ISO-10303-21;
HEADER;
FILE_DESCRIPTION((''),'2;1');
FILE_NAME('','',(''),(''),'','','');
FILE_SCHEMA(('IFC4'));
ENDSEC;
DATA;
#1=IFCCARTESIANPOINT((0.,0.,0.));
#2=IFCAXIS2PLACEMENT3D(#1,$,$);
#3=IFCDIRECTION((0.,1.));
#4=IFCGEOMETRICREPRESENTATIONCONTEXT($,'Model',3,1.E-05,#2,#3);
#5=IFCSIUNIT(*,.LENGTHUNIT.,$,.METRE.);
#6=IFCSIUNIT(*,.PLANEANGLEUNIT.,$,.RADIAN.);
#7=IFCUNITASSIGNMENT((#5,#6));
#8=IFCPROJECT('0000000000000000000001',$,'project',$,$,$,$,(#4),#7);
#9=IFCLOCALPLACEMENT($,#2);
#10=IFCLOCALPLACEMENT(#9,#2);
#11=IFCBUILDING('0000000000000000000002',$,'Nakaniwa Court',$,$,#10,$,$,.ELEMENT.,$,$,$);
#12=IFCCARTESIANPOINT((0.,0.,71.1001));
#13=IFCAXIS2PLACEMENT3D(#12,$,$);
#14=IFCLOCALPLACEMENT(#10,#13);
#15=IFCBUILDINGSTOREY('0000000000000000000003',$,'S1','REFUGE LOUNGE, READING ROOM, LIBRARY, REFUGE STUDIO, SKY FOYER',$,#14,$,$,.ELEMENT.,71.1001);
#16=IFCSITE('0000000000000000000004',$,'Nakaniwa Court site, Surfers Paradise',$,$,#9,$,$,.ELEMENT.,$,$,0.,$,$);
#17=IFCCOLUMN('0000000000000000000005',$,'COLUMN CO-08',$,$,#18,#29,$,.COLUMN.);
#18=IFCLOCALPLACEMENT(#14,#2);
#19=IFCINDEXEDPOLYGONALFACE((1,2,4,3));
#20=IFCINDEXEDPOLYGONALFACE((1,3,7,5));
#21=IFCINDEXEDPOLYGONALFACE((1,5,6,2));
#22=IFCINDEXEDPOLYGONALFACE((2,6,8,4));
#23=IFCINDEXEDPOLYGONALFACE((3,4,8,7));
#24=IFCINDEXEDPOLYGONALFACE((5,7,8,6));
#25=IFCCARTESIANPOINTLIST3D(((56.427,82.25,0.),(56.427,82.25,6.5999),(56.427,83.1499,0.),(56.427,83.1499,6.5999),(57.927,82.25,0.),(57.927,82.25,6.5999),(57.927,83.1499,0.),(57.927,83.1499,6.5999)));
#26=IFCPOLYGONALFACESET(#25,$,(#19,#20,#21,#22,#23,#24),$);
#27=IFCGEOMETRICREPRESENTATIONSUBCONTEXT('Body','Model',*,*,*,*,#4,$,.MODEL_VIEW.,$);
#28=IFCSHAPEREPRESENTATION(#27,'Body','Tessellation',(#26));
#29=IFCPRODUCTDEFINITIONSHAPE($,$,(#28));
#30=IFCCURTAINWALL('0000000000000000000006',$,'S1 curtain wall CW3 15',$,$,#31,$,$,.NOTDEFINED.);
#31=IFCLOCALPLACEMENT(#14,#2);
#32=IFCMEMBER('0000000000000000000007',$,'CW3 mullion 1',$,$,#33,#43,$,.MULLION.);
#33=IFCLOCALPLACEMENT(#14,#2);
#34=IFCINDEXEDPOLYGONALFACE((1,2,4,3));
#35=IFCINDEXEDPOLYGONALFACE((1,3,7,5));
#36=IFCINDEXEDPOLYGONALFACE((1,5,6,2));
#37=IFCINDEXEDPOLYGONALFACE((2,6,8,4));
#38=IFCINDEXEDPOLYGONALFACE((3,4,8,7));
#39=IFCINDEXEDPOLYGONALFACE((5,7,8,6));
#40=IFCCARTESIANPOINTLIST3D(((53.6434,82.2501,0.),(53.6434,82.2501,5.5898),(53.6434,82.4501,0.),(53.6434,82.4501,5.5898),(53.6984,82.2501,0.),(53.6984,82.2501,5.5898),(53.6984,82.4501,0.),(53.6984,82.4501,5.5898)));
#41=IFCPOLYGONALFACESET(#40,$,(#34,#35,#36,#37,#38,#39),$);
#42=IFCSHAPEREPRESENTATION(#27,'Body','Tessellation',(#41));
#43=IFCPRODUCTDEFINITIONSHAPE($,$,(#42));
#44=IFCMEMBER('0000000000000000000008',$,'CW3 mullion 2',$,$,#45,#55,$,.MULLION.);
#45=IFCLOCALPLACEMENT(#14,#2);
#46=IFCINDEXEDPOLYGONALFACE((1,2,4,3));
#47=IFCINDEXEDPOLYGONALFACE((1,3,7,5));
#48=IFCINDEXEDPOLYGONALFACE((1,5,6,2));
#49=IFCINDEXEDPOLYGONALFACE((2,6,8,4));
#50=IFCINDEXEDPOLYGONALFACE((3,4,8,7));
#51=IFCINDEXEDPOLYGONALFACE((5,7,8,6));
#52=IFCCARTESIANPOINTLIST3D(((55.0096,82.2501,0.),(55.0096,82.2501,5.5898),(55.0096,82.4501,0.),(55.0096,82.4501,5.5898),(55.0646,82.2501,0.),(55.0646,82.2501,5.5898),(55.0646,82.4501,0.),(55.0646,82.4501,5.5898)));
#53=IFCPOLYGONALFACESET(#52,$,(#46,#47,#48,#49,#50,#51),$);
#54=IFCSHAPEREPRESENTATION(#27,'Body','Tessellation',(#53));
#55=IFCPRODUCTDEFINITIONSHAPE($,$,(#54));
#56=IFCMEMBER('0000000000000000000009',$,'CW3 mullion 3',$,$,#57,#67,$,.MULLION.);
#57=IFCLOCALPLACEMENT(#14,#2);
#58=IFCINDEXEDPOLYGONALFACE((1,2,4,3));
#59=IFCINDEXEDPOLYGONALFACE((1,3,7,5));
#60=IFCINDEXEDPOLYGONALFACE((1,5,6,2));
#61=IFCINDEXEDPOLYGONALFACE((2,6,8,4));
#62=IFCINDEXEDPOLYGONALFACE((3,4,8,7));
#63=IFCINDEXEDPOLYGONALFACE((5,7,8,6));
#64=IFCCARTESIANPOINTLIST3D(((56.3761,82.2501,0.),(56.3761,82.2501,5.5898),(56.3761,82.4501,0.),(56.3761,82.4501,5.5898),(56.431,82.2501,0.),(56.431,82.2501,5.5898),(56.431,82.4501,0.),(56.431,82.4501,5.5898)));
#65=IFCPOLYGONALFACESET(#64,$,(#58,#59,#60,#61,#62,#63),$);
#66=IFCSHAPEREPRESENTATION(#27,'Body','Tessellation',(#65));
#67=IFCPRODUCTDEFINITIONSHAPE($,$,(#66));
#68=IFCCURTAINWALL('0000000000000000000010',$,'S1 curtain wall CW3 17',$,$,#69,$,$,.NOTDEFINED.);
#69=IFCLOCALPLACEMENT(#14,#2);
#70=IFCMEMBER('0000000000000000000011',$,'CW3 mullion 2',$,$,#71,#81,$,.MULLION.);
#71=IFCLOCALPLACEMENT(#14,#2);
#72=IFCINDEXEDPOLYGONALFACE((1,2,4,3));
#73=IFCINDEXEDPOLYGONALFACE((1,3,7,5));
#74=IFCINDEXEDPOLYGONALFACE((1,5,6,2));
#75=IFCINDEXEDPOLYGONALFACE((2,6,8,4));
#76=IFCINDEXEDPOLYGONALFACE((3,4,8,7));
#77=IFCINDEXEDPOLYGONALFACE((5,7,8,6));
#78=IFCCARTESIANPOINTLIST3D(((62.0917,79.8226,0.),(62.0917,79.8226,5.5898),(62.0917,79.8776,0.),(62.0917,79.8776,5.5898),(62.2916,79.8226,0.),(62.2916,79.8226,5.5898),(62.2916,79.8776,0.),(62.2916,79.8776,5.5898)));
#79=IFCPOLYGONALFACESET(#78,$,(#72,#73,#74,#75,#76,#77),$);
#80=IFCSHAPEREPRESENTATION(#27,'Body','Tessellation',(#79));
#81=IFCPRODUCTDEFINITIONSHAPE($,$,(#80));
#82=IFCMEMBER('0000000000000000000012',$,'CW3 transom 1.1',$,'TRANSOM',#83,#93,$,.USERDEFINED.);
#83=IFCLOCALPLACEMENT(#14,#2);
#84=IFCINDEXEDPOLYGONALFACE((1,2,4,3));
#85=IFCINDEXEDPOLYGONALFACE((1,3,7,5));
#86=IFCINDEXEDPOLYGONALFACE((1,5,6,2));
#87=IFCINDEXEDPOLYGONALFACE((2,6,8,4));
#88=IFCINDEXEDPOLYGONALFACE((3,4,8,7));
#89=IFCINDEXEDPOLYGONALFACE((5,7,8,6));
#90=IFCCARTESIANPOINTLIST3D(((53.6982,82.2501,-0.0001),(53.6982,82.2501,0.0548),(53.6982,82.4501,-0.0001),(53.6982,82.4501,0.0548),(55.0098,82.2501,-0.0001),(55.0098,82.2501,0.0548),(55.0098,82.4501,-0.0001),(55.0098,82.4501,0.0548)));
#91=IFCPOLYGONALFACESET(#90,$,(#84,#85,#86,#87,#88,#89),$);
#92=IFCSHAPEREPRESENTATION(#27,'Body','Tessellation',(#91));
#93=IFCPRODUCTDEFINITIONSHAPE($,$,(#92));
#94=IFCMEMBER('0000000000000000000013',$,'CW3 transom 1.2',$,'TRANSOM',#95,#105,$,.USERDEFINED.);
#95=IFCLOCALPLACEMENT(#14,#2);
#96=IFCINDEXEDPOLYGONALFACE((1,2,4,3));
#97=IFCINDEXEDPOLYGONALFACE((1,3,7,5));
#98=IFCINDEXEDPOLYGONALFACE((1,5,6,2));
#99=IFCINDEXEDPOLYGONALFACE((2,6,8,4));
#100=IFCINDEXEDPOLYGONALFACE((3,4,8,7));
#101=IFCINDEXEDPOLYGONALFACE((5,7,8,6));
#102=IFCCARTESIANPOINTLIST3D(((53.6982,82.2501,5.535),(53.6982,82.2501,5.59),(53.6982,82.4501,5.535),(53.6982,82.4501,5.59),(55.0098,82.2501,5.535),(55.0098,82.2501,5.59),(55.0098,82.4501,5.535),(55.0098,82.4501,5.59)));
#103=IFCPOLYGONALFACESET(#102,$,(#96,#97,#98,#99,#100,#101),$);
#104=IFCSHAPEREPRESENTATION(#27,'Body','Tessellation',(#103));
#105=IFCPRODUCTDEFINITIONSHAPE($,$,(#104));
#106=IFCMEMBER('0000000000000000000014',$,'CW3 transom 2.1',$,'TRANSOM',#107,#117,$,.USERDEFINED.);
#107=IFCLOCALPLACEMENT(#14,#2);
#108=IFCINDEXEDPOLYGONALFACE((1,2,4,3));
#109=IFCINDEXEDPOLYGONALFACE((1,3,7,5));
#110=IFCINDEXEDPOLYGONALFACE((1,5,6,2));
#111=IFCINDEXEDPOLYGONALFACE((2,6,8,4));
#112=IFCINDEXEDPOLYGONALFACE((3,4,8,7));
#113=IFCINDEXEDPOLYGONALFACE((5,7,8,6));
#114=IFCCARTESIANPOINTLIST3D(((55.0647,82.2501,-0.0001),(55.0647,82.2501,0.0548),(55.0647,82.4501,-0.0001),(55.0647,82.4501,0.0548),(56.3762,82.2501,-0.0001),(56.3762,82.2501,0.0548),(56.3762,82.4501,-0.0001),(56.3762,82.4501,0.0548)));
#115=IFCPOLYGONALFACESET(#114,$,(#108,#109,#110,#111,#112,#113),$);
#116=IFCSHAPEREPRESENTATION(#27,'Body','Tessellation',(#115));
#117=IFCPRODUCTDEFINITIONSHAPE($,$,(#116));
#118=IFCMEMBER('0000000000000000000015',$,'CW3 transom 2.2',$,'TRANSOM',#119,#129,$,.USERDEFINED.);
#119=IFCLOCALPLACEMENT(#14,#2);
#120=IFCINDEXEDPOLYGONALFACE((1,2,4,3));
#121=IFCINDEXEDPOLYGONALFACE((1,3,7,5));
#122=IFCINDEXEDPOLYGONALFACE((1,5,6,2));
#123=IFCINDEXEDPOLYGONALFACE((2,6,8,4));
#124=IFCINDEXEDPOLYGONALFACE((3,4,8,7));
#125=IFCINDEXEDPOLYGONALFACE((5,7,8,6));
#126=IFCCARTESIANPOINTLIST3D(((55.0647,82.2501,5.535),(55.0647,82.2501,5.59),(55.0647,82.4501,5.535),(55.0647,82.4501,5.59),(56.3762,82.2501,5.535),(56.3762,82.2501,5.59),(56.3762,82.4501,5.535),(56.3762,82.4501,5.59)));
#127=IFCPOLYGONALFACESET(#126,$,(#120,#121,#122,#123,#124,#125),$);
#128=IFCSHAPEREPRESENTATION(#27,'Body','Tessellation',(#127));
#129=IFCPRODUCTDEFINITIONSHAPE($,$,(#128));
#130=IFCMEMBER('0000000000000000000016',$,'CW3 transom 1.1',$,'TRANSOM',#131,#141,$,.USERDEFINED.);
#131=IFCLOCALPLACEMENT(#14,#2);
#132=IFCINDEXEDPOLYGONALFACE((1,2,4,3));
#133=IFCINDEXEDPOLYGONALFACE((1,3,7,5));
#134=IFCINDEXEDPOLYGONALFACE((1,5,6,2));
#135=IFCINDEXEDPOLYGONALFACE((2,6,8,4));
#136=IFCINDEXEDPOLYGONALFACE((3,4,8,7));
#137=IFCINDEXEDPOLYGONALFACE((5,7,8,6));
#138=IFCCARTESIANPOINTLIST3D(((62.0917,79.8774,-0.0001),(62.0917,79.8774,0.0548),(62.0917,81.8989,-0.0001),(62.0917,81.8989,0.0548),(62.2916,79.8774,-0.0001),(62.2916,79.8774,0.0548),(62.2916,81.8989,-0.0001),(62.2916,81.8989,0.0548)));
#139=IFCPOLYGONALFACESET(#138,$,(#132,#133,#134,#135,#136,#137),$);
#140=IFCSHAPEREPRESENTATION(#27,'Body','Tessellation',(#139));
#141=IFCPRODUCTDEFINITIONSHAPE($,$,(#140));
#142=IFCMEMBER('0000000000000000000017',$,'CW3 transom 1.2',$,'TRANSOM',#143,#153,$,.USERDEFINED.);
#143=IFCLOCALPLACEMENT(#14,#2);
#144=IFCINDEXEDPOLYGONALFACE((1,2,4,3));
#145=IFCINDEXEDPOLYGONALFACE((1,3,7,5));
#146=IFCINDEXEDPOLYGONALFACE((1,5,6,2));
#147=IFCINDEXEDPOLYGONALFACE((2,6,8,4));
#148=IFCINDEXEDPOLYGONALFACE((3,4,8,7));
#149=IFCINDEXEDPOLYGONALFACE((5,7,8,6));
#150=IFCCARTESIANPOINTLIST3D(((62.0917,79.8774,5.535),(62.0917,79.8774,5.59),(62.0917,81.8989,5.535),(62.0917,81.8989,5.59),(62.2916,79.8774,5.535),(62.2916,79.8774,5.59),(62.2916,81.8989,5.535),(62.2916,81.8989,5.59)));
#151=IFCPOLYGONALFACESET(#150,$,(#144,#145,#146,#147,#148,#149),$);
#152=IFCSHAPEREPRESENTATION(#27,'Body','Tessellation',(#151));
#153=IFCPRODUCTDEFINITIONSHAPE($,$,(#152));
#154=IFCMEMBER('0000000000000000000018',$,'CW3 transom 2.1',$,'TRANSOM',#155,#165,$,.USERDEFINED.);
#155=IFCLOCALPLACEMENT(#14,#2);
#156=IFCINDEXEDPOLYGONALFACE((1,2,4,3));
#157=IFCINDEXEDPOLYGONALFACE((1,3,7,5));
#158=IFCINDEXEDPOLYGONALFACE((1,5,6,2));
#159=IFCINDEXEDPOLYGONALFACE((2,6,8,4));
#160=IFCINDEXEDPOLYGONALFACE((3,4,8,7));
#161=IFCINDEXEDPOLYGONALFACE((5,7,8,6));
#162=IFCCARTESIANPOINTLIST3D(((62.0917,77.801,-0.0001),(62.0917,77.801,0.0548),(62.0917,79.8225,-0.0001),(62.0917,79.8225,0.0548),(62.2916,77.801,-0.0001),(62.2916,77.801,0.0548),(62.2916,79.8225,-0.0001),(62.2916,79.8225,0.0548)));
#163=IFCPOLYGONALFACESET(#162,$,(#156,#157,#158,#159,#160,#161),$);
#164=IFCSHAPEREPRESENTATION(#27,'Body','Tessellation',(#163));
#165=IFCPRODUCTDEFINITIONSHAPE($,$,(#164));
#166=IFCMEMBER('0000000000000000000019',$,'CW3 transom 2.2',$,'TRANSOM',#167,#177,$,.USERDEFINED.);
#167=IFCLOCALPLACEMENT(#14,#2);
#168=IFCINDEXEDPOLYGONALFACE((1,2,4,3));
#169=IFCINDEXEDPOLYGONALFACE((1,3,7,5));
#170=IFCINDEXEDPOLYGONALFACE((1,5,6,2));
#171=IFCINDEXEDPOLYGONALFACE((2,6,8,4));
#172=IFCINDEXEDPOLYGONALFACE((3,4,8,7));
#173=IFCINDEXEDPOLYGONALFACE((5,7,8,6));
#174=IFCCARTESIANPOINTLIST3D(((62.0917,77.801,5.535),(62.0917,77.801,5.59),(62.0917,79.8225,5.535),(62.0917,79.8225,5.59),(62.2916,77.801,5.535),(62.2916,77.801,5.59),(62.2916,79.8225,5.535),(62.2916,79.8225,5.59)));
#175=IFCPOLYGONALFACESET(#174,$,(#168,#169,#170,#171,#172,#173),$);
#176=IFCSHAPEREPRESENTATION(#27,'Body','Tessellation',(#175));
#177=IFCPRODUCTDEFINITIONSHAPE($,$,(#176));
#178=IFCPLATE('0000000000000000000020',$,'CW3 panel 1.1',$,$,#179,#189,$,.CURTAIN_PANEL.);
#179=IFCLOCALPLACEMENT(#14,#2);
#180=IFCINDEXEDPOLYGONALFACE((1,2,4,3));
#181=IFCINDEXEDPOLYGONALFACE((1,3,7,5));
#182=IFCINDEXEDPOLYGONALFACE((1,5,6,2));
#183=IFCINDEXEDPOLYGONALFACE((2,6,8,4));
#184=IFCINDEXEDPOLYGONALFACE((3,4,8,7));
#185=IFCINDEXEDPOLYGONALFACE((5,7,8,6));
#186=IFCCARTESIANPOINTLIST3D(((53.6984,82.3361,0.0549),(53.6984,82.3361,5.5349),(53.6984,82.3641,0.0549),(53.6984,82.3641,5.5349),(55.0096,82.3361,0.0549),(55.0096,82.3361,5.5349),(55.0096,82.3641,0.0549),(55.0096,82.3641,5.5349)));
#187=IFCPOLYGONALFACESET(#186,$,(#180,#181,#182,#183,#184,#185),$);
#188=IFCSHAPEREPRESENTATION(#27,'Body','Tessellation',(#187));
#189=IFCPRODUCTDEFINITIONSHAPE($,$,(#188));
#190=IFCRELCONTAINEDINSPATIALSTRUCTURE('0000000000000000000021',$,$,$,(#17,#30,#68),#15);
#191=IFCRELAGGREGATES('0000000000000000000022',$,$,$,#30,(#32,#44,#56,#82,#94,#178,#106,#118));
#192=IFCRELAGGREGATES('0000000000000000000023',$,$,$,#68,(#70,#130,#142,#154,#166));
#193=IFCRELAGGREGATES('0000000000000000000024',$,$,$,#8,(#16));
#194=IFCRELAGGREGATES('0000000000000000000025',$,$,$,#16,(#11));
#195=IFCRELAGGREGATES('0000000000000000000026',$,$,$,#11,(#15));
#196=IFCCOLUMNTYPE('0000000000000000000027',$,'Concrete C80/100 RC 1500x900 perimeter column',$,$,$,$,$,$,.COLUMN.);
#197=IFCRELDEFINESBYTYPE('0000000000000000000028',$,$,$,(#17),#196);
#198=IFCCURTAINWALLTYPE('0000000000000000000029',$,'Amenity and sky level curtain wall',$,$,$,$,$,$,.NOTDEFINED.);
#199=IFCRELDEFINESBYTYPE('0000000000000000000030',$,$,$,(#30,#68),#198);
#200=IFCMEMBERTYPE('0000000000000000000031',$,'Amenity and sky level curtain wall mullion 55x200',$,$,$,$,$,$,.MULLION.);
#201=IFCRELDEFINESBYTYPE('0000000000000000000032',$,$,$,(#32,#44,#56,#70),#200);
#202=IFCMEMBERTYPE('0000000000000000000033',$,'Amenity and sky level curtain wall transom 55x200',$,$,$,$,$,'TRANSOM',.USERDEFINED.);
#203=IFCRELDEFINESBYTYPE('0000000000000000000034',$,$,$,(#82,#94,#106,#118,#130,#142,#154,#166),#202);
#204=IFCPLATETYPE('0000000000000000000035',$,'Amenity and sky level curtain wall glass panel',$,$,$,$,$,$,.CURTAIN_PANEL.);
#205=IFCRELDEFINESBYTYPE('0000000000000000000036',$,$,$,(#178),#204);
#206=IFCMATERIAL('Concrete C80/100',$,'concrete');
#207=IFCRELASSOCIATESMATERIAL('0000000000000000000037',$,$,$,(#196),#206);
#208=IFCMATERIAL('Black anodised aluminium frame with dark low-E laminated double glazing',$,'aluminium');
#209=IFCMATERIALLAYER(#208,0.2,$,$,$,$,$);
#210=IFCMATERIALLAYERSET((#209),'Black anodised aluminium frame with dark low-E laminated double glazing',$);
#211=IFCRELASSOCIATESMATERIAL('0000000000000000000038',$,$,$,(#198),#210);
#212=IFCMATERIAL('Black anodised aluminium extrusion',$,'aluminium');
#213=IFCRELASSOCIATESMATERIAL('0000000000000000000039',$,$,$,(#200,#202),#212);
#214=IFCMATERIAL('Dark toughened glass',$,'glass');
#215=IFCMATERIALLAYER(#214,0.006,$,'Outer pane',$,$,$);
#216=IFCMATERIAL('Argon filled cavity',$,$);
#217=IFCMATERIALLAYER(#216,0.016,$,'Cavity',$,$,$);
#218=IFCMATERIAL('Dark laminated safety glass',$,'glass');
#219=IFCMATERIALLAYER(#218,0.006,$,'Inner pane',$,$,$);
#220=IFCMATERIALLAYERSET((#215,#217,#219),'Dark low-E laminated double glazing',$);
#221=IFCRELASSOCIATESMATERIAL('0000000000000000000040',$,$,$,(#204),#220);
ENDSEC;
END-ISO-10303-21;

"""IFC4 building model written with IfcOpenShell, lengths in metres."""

from ifc_helpers import new_model, si_unit, direction, frame, origin, origin_2d, place, context, subcontext, project, spatial, rectangle, extrude, material, layer, layer_set, material_profile, profile_set, type_object, element, aggregate, save


model = new_model("IFC4")

# Units and contexts
model_context = context("Model", 3, precision=1e-05, world=origin(), true_north=direction((0.0, 1.0)))
body_context = subcontext(model_context, "Body", "Model", "MODEL_VIEW")
ifc_project = project(units=[si_unit("LENGTHUNIT", "METRE"), si_unit("PLANEANGLEUNIT", "RADIAN")], contexts=[model_context])

# Site, building, storey
site_placement = place(None, origin())
site = spatial("IfcSite", under=ifc_project, at=site_placement, Name="Nakaniwa Court site, Surfers Paradise", CompositionType="ELEMENT", RefElevation=0.0)
building_placement = place(site_placement, origin())
building = spatial("IfcBuilding", under=site, at=building_placement, Name="Nakaniwa Court", CompositionType="ELEMENT")
storey_placement = place(building_placement, frame((0.0, 0.0, 71.1001)))
storey = spatial("IfcBuildingStorey", under=building, at=storey_placement, Name="S1", Description="REFUGE LOUNGE, READING ROOM, LIBRARY, REFUGE STUDIO, SKY FOYER", CompositionType="ELEMENT", Elevation=71.1001)

# Column
ifc_material_1 = material(Name="Concrete C80/100", Category="concrete")
ifc_material_profile_1 = material_profile(ifc_material_1, rectangle(XDim=1.5, YDim=0.8999, at=origin_2d()), Name="Concrete C80/100 RC 1500x900 perimeter column")
ifc_profile_set_1 = profile_set([ifc_material_profile_1], Name="Concrete C80/100")
column_type = type_object("IfcColumnType", Name="Concrete C80/100 RC 1500x900 perimeter column", PredefinedType="COLUMN", material=ifc_profile_set_1)
column_placement = place(storey_placement, frame((57.177, 82.7, 0.0), z_axis=(0.0, 0.0, 1.0), x_axis=(1.0, 0.0, 0.0)))
element("IfcColumn", 1, at=column_placement, inside=storey, type_object=column_type, Name="COLUMN CO-08", PredefinedType="COLUMN", context=body_context, shape_type="SweptSolid", body=[
    extrude(rectangle(XDim=1.5, YDim=0.8999, at=origin_2d()), origin(), (0.0, 0.0, 1.0), 6.5999),
])

# Curtain wall, members
ifc_material_2 = material(Name="Black anodised aluminium frame with dark low-E laminated double glazing", Category="aluminium")
ifc_layer_1 = layer(ifc_material_2, 0.2)
ifc_layer_set_1 = layer_set([ifc_layer_1], Name="Black anodised aluminium frame with dark low-E laminated double glazing")
curtain_wall_type = type_object("IfcCurtainWallType", Name="Amenity and sky level curtain wall", PredefinedType="NOTDEFINED", material=ifc_layer_set_1)
curtain_wall_1_placement = place(storey_placement, origin())
curtain_wall_1 = element("IfcCurtainWall", 2, at=curtain_wall_1_placement, inside=storey, type_object=curtain_wall_type, Name="S1 curtain wall CW3 15", PredefinedType="NOTDEFINED")
ifc_material_3 = material(Name="Black anodised aluminium extrusion", Category="aluminium")
ifc_material_profile_2 = material_profile(ifc_material_3, rectangle(XDim=0.2, YDim=0.0549, at=origin_2d()), Name="Amenity and sky level curtain wall mullion 55x200")
ifc_profile_set_2 = profile_set([ifc_material_profile_2], Name="Black anodised aluminium extrusion")
member_type_1 = type_object("IfcMemberType", Name="Amenity and sky level curtain wall mullion 55x200", PredefinedType="MULLION", material=ifc_profile_set_2)
member_1_placement = place(storey_placement, frame((53.6709, 82.3501, 0.0), z_axis=(0.0, 0.0, 1.0), x_axis=(0.0, 1.0, 0.0)))
member_1 = element("IfcMember", 3, at=member_1_placement, type_object=member_type_1, Name="CW3 mullion 1", PredefinedType="MULLION", context=body_context, shape_type="SweptSolid", body=[
    extrude(rectangle(XDim=0.2, YDim=0.0549, at=origin_2d()), origin(), (0.0, 0.0, 1.0), 5.5898),
])
member_2_placement = place(storey_placement, frame((55.0371, 82.3501, 0.0), z_axis=(0.0, 0.0, 1.0), x_axis=(0.0, 1.0, 0.0)))
member_2 = element("IfcMember", 4, at=member_2_placement, type_object=member_type_1, Name="CW3 mullion 2", PredefinedType="MULLION", context=body_context, shape_type="SweptSolid", body=[
    extrude(rectangle(XDim=0.2, YDim=0.0549, at=origin_2d()), origin(), (0.0, 0.0, 1.0), 5.5898),
])
member_3_placement = place(storey_placement, frame((56.4036, 82.3501, 0.0), z_axis=(0.0, 0.0, 1.0), x_axis=(0.0, 1.0, 0.0)))
member_3 = element("IfcMember", 5, at=member_3_placement, type_object=member_type_1, Name="CW3 mullion 3", PredefinedType="MULLION", context=body_context, shape_type="SweptSolid", body=[
    extrude(rectangle(XDim=0.2, YDim=0.0549, at=origin_2d()), origin(), (0.0, 0.0, 1.0), 5.5898),
])

# Curtain wall, member
curtain_wall_2_placement = place(storey_placement, origin())
curtain_wall_2 = element("IfcCurtainWall", 6, at=curtain_wall_2_placement, inside=storey, type_object=curtain_wall_type, Name="S1 curtain wall CW3 17", PredefinedType="NOTDEFINED")
member_4_placement = place(storey_placement, frame((62.1917, 79.8501, 0.0), z_axis=(0.0, 0.0, 1.0), x_axis=(1.0, 0.0, 0.0)))
member_4 = element("IfcMember", 7, at=member_4_placement, type_object=member_type_1, Name="CW3 mullion 2", PredefinedType="MULLION", context=body_context, shape_type="SweptSolid", body=[
    extrude(rectangle(XDim=0.2, YDim=0.0549, at=origin_2d()), origin(), (0.0, 0.0, 1.0), 5.5898),
])

# Members
ifc_material_profile_3 = material_profile(ifc_material_3, rectangle(XDim=0.2, YDim=0.0549, at=origin_2d()), Name="Amenity and sky level curtain wall transom 55x200")
ifc_profile_set_3 = profile_set([ifc_material_profile_3], Name="Black anodised aluminium extrusion")
member_type_2 = type_object("IfcMemberType", Name="Amenity and sky level curtain wall transom 55x200", ElementType="TRANSOM", PredefinedType="USERDEFINED", material=ifc_profile_set_3)
member_5_placement = place(storey_placement, frame((53.6982, 82.3501, 0.0273), z_axis=(1.0, 0.0, 0.0), x_axis=(0.0, 1.0, 0.0)))
member_5 = element("IfcMember", 8, at=member_5_placement, type_object=member_type_2, Name="CW3 transom 1.1", ObjectType="TRANSOM", PredefinedType="USERDEFINED", context=body_context, shape_type="SweptSolid", body=[
    extrude(rectangle(XDim=0.2, YDim=0.0549, at=origin_2d()), origin(), (0.0, 0.0, 1.0), 1.3115),
])
member_6_placement = place(storey_placement, frame((53.6982, 82.3501, 5.5625), z_axis=(1.0, 0.0, 0.0), x_axis=(0.0, 1.0, 0.0)))
member_6 = element("IfcMember", 9, at=member_6_placement, type_object=member_type_2, Name="CW3 transom 1.2", ObjectType="TRANSOM", PredefinedType="USERDEFINED", context=body_context, shape_type="SweptSolid", body=[
    extrude(rectangle(XDim=0.2, YDim=0.0549, at=origin_2d()), origin(), (0.0, 0.0, 1.0), 1.3115),
])
member_7_placement = place(storey_placement, frame((55.0647, 82.3501, 0.0273), z_axis=(1.0, 0.0, 0.0), x_axis=(0.0, 1.0, 0.0)))
member_7 = element("IfcMember", 10, at=member_7_placement, type_object=member_type_2, Name="CW3 transom 2.1", ObjectType="TRANSOM", PredefinedType="USERDEFINED", context=body_context, shape_type="SweptSolid", body=[
    extrude(rectangle(XDim=0.2, YDim=0.0549, at=origin_2d()), origin(), (0.0, 0.0, 1.0), 1.3115),
])
member_8_placement = place(storey_placement, frame((55.0647, 82.3501, 5.5625), z_axis=(1.0, 0.0, 0.0), x_axis=(0.0, 1.0, 0.0)))
member_8 = element("IfcMember", 11, at=member_8_placement, type_object=member_type_2, Name="CW3 transom 2.2", ObjectType="TRANSOM", PredefinedType="USERDEFINED", context=body_context, shape_type="SweptSolid", body=[
    extrude(rectangle(XDim=0.2, YDim=0.0549, at=origin_2d()), origin(), (0.0, 0.0, 1.0), 1.3115),
])
member_9_placement = place(storey_placement, frame((62.1917, 81.8989, 0.0273), z_axis=(0.0, -1.0, 0.0), x_axis=(1.0, 0.0, 0.0)))
member_9 = element("IfcMember", 12, at=member_9_placement, type_object=member_type_2, Name="CW3 transom 1.1", ObjectType="TRANSOM", PredefinedType="USERDEFINED", context=body_context, shape_type="SweptSolid", body=[
    extrude(rectangle(XDim=0.2, YDim=0.0549, at=origin_2d()), origin(), (0.0, 0.0, 1.0), 2.0215),
])
member_10_placement = place(storey_placement, frame((62.1917, 81.8989, 5.5625), z_axis=(0.0, -1.0, 0.0), x_axis=(1.0, 0.0, 0.0)))
member_10 = element("IfcMember", 13, at=member_10_placement, type_object=member_type_2, Name="CW3 transom 1.2", ObjectType="TRANSOM", PredefinedType="USERDEFINED", context=body_context, shape_type="SweptSolid", body=[
    extrude(rectangle(XDim=0.2, YDim=0.0549, at=origin_2d()), origin(), (0.0, 0.0, 1.0), 2.0215),
])
member_11_placement = place(storey_placement, frame((62.1917, 79.8225, 0.0273), z_axis=(0.0, -1.0, 0.0), x_axis=(1.0, 0.0, 0.0)))
member_11 = element("IfcMember", 14, at=member_11_placement, type_object=member_type_2, Name="CW3 transom 2.1", ObjectType="TRANSOM", PredefinedType="USERDEFINED", context=body_context, shape_type="SweptSolid", body=[
    extrude(rectangle(XDim=0.2, YDim=0.0549, at=origin_2d()), origin(), (0.0, 0.0, 1.0), 2.0215),
])
member_12_placement = place(storey_placement, frame((62.1917, 79.8225, 5.5625), z_axis=(0.0, -1.0, 0.0), x_axis=(1.0, 0.0, 0.0)))
member_12 = element("IfcMember", 15, at=member_12_placement, type_object=member_type_2, Name="CW3 transom 2.2", ObjectType="TRANSOM", PredefinedType="USERDEFINED", context=body_context, shape_type="SweptSolid", body=[
    extrude(rectangle(XDim=0.2, YDim=0.0549, at=origin_2d()), origin(), (0.0, 0.0, 1.0), 2.0215),
])

# Plate
ifc_material_4 = material(Name="Dark toughened glass", Category="glass")
ifc_layer_2 = layer(ifc_material_4, 0.006, Name="Outer pane")
ifc_material_5 = material(Name="Argon filled cavity")
ifc_layer_3 = layer(ifc_material_5, 0.016, Name="Cavity")
ifc_material_6 = material(Name="Dark laminated safety glass", Category="glass")
ifc_layer_4 = layer(ifc_material_6, 0.006, Name="Inner pane")
ifc_layer_set_2 = layer_set([ifc_layer_2, ifc_layer_3, ifc_layer_4], Name="Dark low-E laminated double glazing")
plate_type = type_object("IfcPlateType", Name="Amenity and sky level curtain wall glass panel", PredefinedType="CURTAIN_PANEL", material=ifc_layer_set_2)
plate_1_placement = place(storey_placement, frame((54.354, 82.3501, 0.0549), z_axis=(0.0, 0.0, 1.0), x_axis=(1.0, 0.0, 0.0)))
plate_1 = element("IfcPlate", 16, at=plate_1_placement, type_object=plate_type, Name="CW3 panel 1.1", PredefinedType="CURTAIN_PANEL", context=body_context, shape_type="SweptSolid", body=[
    extrude(rectangle(XDim=1.3113, YDim=0.0281, at=origin_2d()), origin(), (0.0, 0.0, 1.0), 5.48),
])
aggregate(curtain_wall_1, [member_1, member_2, member_3, member_5, member_6, plate_1, member_7, member_8])
aggregate(curtain_wall_2, [member_4, member_9, member_10, member_11, member_12])

save(model, "model.ifc")
